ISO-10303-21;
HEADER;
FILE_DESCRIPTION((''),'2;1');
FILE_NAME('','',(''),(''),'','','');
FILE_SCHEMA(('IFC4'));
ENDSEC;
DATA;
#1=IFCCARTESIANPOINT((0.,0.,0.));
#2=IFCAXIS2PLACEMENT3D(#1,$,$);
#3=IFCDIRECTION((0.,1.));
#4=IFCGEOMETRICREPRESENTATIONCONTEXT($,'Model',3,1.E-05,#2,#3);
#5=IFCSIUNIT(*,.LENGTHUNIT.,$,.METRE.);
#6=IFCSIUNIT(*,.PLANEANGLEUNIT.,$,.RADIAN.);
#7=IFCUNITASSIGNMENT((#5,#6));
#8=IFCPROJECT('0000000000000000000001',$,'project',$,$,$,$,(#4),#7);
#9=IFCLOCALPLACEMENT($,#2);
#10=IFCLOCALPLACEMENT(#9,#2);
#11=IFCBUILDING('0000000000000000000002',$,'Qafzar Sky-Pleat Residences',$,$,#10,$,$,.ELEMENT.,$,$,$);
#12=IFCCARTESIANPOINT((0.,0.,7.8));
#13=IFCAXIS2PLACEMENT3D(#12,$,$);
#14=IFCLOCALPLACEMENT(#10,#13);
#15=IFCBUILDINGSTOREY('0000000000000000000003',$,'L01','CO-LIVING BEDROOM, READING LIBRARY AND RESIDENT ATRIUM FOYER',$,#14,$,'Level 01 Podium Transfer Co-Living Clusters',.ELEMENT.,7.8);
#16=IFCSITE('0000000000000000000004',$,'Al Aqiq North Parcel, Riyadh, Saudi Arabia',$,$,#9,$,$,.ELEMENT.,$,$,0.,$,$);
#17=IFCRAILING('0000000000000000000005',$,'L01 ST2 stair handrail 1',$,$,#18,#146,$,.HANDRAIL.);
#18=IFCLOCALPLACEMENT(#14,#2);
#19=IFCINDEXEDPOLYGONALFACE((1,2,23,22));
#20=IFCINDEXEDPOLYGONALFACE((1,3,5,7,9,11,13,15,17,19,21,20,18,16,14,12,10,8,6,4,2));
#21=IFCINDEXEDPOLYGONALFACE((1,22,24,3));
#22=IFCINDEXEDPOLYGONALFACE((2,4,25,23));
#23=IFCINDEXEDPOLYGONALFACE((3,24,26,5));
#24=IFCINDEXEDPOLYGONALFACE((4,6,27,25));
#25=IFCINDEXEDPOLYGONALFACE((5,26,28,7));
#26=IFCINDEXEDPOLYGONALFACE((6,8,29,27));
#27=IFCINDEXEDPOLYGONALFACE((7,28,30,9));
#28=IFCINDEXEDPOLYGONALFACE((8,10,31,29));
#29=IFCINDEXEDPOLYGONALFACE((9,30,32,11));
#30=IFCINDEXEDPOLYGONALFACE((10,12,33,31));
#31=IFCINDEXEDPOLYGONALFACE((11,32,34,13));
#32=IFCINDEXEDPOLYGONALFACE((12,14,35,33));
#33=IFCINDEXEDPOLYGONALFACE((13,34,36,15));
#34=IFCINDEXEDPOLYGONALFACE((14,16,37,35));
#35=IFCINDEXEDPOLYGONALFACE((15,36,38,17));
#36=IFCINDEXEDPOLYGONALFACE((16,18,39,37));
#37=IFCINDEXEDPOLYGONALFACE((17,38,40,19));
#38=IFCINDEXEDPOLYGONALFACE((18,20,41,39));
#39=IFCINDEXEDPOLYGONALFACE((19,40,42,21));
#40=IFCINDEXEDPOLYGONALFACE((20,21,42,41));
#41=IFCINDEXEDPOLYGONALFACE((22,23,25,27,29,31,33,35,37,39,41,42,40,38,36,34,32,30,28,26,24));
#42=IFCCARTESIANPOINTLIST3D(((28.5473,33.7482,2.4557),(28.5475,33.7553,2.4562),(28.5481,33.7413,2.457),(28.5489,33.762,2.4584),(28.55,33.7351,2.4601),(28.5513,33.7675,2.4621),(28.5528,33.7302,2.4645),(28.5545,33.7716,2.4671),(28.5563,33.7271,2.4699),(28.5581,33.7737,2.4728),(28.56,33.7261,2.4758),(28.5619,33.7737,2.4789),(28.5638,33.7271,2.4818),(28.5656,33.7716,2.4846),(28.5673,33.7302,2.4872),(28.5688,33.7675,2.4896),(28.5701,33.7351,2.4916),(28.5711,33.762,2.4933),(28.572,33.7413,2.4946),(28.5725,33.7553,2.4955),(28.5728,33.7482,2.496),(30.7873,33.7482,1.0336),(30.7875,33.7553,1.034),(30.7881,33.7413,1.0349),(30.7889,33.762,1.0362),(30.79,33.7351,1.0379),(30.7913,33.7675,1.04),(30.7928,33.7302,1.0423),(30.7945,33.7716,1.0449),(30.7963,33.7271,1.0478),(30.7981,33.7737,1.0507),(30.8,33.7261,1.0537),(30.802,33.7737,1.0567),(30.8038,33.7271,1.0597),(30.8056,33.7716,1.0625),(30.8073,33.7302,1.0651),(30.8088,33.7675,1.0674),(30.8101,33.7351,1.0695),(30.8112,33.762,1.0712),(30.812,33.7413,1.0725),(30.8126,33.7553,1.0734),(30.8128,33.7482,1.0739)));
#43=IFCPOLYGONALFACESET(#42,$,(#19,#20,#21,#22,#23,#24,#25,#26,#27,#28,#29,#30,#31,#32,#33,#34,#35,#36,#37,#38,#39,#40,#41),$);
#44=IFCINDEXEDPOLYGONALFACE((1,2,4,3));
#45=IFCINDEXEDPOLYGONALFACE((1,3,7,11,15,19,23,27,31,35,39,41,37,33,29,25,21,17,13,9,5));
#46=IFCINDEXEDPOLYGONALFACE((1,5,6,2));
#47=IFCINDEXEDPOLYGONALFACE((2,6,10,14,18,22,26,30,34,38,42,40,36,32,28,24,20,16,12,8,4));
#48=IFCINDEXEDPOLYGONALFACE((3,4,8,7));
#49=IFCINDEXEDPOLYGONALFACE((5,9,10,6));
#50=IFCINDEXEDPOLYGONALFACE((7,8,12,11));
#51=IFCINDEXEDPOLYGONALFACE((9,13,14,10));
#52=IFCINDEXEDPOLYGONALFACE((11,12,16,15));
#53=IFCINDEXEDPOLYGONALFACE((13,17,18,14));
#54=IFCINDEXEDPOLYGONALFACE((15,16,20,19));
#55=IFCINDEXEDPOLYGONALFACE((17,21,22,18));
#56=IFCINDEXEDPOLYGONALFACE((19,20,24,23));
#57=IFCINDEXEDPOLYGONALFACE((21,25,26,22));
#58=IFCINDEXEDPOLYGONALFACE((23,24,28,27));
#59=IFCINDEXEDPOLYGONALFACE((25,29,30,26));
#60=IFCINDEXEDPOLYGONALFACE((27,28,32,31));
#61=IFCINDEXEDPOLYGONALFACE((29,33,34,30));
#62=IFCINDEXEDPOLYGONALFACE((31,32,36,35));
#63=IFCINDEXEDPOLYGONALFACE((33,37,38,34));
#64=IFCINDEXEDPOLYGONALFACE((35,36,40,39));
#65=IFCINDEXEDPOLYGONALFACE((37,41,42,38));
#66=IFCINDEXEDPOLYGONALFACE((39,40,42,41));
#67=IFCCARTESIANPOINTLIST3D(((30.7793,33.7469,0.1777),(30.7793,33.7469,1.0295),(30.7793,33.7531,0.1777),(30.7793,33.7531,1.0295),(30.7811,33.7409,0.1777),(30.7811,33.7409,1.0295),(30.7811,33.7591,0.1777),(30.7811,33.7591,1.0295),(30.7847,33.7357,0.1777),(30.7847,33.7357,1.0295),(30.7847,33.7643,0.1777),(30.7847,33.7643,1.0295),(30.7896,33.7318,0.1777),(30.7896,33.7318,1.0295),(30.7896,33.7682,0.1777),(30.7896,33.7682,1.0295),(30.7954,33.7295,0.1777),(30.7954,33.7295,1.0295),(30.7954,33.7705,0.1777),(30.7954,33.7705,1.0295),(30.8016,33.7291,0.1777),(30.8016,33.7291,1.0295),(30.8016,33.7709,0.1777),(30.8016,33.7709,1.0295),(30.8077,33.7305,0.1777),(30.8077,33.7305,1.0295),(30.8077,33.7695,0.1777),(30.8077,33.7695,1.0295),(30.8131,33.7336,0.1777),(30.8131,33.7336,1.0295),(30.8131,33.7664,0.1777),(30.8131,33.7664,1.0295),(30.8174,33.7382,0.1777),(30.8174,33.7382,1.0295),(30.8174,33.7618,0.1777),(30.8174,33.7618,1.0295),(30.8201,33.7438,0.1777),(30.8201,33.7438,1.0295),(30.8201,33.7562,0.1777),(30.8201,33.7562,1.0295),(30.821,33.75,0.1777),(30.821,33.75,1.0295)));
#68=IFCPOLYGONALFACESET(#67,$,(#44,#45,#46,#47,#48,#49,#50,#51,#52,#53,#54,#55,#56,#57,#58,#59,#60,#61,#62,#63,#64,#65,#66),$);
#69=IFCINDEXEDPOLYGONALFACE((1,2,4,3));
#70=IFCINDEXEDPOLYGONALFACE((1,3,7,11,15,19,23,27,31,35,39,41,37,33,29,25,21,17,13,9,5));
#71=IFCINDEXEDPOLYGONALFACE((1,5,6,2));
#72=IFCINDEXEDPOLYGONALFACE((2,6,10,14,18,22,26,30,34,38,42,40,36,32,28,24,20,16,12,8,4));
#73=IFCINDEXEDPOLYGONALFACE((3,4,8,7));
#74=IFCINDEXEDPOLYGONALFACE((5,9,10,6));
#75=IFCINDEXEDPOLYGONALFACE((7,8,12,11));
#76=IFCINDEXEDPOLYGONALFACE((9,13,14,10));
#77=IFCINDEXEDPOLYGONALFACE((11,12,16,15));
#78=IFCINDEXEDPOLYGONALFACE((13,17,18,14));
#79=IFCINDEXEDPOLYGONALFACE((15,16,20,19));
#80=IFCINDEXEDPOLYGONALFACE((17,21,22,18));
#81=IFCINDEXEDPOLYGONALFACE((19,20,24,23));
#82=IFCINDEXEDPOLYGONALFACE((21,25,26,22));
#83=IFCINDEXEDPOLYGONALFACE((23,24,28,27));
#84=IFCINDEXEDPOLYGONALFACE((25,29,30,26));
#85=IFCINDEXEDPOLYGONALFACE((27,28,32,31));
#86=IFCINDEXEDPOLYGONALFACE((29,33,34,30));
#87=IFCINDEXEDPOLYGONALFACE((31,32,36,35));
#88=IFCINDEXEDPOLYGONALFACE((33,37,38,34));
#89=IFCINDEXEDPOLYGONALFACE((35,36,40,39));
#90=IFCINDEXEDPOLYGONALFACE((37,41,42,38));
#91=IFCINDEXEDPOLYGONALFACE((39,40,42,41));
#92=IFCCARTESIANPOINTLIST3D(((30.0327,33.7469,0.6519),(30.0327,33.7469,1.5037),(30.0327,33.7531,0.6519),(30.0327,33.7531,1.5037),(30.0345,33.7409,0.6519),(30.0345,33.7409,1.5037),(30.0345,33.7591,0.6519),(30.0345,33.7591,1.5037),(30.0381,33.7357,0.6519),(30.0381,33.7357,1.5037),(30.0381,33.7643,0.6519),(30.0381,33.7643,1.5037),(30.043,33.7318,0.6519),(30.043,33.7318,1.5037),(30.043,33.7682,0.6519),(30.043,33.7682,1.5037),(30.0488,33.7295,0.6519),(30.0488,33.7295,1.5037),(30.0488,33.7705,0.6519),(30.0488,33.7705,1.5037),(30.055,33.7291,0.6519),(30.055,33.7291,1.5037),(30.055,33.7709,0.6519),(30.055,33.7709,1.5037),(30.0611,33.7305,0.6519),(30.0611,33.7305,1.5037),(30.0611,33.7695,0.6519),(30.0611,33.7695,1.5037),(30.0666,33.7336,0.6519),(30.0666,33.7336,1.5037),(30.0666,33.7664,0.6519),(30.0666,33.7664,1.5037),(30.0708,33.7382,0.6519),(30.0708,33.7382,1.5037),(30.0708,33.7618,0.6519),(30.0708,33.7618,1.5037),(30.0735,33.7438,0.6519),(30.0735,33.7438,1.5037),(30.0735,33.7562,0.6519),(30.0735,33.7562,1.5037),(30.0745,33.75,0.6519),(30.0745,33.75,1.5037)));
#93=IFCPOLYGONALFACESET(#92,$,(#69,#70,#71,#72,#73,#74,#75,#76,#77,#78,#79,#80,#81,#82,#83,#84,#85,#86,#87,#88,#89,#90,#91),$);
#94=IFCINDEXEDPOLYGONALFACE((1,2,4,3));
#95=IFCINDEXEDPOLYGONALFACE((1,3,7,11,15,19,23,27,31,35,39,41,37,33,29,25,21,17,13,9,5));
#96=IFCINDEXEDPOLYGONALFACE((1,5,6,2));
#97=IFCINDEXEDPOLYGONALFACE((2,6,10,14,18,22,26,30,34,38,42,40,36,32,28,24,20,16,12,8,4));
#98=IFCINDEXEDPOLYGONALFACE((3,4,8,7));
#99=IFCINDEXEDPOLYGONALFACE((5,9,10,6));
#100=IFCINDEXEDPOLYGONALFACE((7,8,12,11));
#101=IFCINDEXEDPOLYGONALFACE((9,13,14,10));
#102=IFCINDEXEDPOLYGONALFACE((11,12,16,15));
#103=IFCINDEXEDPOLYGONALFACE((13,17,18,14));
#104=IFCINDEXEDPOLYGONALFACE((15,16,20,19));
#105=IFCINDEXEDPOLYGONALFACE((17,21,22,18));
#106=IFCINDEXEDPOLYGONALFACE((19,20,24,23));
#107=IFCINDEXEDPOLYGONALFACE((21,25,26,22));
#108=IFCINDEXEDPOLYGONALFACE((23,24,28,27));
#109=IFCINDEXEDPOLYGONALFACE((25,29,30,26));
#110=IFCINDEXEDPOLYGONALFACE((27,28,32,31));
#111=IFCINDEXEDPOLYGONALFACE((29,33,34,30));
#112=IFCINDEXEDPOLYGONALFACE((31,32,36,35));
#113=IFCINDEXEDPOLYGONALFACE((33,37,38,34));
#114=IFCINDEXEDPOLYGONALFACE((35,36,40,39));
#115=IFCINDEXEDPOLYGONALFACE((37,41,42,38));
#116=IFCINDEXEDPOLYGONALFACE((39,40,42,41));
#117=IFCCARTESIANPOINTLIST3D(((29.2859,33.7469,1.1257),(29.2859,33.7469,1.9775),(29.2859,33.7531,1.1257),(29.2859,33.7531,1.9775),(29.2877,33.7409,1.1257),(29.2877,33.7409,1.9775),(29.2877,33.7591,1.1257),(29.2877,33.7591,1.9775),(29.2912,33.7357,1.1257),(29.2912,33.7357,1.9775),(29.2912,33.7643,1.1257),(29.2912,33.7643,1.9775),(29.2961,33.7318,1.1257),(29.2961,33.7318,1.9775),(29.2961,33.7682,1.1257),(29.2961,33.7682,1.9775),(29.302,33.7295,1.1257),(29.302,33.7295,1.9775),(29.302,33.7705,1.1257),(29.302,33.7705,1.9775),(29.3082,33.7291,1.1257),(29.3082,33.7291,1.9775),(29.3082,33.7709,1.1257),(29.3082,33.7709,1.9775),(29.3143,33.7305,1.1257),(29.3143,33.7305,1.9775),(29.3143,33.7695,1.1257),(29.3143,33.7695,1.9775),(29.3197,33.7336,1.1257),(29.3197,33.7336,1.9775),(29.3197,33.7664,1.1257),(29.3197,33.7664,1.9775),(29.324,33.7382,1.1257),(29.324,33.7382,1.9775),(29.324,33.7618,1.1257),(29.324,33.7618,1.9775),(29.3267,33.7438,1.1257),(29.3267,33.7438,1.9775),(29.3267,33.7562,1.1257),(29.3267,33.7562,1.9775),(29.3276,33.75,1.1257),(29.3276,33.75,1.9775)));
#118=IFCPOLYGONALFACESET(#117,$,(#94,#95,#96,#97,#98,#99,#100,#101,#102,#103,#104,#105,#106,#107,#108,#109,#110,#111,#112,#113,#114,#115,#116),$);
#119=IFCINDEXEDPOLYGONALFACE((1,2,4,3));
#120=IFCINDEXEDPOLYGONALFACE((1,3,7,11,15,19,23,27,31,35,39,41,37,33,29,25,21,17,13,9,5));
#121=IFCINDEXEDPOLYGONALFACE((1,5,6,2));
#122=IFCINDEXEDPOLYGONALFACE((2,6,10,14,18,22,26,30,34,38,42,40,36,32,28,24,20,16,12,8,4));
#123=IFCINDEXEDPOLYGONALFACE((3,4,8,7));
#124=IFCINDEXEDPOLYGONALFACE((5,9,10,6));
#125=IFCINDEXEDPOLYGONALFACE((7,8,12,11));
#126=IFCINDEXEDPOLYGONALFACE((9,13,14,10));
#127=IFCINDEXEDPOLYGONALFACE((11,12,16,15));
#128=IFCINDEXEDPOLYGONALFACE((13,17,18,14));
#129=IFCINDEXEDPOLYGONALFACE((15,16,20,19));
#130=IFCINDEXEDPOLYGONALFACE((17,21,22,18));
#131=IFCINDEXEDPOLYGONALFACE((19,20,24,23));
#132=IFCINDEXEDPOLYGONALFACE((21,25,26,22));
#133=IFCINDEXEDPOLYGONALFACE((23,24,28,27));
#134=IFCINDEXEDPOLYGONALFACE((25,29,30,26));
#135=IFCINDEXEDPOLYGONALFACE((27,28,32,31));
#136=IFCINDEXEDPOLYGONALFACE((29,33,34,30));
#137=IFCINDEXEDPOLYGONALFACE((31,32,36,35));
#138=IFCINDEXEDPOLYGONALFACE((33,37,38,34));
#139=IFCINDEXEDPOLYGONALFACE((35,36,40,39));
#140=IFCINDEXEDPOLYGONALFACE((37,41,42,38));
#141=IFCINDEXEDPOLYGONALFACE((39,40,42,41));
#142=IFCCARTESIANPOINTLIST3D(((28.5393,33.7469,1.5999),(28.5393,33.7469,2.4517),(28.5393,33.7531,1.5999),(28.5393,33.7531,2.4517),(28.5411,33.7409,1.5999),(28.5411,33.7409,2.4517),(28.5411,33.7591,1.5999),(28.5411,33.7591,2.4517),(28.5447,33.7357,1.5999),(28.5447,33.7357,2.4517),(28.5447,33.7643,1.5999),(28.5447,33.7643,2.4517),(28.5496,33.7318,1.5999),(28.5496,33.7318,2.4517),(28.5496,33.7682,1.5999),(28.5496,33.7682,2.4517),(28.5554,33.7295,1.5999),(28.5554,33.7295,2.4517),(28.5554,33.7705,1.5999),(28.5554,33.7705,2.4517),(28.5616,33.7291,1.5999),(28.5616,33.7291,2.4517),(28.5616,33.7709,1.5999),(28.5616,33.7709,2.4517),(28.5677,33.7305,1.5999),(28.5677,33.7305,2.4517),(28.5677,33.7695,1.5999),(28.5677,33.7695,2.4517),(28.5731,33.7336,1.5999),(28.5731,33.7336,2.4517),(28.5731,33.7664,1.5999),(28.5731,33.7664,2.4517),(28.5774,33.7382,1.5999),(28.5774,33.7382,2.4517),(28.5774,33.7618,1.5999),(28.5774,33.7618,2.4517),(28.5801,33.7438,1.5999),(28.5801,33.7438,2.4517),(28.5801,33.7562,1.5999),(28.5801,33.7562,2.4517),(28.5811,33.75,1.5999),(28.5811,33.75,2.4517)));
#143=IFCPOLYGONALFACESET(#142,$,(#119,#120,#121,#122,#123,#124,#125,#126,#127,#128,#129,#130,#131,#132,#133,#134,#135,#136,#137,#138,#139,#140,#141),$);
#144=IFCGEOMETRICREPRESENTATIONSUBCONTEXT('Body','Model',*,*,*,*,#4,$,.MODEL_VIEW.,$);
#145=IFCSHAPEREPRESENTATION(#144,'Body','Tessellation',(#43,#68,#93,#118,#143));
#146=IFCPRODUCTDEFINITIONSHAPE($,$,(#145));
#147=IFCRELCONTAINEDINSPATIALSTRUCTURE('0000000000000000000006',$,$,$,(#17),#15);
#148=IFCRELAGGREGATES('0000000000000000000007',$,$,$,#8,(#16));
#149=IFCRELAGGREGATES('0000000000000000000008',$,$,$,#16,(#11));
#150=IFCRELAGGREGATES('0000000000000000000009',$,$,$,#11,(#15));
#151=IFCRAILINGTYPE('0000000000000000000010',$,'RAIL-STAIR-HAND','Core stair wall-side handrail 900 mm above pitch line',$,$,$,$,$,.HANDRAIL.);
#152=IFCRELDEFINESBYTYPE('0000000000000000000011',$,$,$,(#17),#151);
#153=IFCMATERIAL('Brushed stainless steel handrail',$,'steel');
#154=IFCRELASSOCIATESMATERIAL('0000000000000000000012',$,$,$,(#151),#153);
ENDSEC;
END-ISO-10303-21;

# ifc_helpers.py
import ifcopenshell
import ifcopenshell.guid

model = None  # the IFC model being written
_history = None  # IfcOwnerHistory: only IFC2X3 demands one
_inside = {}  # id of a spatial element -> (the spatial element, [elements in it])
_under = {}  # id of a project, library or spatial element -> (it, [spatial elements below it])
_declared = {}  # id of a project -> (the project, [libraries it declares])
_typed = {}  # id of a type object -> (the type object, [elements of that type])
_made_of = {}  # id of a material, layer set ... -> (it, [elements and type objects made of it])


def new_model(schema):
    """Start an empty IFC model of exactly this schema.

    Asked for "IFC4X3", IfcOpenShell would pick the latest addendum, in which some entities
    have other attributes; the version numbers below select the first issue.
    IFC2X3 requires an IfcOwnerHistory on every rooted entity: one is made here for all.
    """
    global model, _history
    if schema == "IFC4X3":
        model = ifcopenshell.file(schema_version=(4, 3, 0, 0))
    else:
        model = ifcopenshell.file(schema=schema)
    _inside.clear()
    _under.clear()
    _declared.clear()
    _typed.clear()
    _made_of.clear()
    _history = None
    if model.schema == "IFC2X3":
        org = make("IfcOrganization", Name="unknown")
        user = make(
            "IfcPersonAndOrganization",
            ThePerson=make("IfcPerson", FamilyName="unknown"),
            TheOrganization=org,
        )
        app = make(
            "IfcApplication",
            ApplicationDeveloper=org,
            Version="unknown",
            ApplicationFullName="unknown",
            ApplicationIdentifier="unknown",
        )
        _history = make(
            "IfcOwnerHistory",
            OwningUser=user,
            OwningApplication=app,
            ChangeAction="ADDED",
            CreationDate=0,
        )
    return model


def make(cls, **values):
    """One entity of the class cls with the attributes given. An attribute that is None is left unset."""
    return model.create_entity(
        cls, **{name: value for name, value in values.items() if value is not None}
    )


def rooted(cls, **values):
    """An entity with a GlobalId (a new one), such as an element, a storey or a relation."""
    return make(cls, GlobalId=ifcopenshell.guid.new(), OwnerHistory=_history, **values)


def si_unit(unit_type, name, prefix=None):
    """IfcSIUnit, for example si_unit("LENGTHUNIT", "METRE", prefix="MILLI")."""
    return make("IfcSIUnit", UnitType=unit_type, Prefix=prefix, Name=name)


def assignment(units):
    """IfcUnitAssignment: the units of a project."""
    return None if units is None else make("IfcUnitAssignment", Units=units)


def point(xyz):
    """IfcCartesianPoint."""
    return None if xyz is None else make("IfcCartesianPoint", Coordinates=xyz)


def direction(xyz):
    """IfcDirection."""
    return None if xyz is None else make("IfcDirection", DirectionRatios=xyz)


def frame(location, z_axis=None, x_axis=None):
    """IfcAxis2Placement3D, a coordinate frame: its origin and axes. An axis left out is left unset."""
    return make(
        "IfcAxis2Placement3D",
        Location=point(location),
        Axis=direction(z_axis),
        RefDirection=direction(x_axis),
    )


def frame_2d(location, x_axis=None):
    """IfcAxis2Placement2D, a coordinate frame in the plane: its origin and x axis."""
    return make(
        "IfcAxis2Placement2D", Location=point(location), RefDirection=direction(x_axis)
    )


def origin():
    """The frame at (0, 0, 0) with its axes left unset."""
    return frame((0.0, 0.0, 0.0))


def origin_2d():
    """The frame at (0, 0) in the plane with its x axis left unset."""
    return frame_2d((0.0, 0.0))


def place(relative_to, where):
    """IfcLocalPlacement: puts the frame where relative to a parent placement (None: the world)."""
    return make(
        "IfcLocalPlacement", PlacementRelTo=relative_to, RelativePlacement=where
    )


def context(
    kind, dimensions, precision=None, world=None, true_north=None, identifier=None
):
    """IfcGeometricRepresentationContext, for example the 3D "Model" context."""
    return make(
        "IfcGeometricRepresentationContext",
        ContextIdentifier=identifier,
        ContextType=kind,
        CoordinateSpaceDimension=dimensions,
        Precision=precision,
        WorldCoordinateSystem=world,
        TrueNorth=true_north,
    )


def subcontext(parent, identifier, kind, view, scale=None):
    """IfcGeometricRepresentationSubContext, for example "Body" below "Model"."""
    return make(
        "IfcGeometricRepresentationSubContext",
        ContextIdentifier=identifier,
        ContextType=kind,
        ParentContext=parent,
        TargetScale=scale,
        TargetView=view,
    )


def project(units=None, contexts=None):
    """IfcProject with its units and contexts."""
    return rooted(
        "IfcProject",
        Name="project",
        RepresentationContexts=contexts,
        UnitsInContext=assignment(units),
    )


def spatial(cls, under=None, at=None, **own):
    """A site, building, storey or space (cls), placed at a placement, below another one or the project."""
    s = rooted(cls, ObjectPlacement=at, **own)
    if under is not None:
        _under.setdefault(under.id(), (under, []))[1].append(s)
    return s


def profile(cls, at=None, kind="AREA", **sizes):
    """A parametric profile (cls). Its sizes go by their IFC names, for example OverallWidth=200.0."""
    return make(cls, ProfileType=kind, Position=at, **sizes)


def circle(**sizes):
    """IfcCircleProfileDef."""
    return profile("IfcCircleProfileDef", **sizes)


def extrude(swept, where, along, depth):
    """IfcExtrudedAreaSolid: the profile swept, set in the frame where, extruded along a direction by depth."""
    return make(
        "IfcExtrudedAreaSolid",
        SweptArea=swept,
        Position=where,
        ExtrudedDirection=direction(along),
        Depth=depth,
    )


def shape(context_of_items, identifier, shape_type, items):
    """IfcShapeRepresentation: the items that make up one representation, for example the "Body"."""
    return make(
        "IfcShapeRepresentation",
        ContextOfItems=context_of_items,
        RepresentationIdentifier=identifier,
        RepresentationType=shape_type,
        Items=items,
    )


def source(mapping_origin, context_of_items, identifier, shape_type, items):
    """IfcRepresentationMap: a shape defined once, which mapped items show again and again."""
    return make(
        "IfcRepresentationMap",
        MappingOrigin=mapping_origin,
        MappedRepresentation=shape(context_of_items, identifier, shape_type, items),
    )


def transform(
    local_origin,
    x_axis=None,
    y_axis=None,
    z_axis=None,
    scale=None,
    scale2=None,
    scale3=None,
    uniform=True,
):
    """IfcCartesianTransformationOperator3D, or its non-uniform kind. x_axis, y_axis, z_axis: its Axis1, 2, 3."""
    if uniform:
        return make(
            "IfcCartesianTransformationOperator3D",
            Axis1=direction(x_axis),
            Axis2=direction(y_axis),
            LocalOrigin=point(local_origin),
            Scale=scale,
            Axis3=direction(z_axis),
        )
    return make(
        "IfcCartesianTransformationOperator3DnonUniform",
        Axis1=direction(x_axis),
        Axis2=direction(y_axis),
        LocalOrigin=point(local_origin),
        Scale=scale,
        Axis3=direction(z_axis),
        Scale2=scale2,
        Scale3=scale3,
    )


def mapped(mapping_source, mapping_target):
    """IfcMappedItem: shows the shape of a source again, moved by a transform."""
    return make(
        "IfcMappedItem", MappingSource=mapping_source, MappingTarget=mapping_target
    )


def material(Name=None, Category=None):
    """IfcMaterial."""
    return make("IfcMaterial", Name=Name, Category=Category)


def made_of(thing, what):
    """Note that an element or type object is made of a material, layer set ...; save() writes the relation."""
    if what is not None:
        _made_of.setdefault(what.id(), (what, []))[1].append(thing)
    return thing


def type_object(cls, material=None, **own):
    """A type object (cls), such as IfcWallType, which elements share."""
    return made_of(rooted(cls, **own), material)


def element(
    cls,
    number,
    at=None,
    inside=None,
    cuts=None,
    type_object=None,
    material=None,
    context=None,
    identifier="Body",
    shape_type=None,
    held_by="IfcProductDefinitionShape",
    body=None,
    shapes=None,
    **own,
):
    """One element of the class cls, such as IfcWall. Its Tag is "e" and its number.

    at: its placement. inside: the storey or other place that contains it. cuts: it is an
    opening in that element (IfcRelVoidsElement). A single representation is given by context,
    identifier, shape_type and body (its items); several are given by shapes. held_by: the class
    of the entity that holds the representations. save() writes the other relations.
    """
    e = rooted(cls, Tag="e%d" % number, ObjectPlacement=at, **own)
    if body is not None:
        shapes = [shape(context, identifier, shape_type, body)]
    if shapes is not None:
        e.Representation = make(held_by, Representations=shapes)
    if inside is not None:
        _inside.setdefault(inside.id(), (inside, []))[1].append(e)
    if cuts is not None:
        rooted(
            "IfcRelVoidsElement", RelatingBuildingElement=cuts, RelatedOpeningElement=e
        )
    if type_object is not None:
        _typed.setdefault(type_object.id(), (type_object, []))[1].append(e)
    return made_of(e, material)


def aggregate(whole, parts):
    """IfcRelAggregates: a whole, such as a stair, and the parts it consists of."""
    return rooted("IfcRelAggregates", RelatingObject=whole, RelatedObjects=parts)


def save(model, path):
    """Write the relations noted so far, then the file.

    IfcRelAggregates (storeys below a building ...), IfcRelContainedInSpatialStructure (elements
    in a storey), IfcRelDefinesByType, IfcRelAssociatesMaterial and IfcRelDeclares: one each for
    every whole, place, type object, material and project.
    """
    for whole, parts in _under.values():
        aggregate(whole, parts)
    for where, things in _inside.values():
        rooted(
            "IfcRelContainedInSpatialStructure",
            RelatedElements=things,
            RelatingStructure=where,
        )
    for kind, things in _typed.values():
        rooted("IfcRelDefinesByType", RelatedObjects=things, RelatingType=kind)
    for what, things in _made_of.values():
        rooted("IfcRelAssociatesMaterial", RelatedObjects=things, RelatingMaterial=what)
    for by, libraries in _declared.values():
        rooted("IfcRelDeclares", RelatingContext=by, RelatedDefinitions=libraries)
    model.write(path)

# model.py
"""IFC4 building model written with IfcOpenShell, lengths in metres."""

from ifc_helpers import new_model, si_unit, direction, frame, origin, origin_2d, place, context, subcontext, project, spatial, circle, extrude, source, transform, mapped, material, type_object, element, save


model = new_model("IFC4")

# Units and contexts
model_context = context("Model", 3, precision=1e-05, world=origin(), true_north=direction((0.0, 1.0)))
body_context = subcontext(model_context, "Body", "Model", "MODEL_VIEW")
ifc_project = project(units=[si_unit("LENGTHUNIT", "METRE"), si_unit("PLANEANGLEUNIT", "RADIAN")], contexts=[model_context])

# Site, building, storey
site_placement = place(None, origin())
site = spatial("IfcSite", under=ifc_project, at=site_placement, Name="Al Aqiq North Parcel, Riyadh, Saudi Arabia", CompositionType="ELEMENT", RefElevation=0.0)
building_placement = place(site_placement, origin())
building = spatial("IfcBuilding", under=site, at=building_placement, Name="Qafzar Sky-Pleat Residences", CompositionType="ELEMENT")
storey_placement = place(building_placement, frame((0.0, 0.0, 7.8)))
storey = spatial("IfcBuildingStorey", under=building, at=storey_placement, Name="L01", Description="CO-LIVING BEDROOM, READING LIBRARY AND RESIDENT ATRIUM FOYER", LongName="Level 01 Podium Transfer Co-Living Clusters", CompositionType="ELEMENT", Elevation=7.8)

# Railing
ifc_material_1 = material(Name="Brushed stainless steel handrail", Category="steel")
railing_type_1 = type_object("IfcRailingType", Name="RAIL-STAIR-HAND", Description="Core stair wall-side handrail 900 mm above pitch line", PredefinedType="HANDRAIL", material=ifc_material_1)
shared_shape_1 = source(origin(), body_context, "Body", "SweptSolid", [
    extrude(circle(Radius=0.0239, at=origin_2d()), frame((0.0, 0.0, 0.876), z_axis=(-0.844229, 0.0, 0.535982), x_axis=(0.0, -1.0, 0.0)), (0.0, 0.0, 1.0), 2.6533),
    extrude(circle(Radius=0.021, at=origin_2d()), origin(), (0.0, 0.0, 1.0), 0.8518),
    extrude(circle(Radius=0.021, at=origin_2d()), frame((-0.7466, 0.0, 0.4741)), (0.0, 0.0, 1.0), 0.8518),
    extrude(circle(Radius=0.021, at=origin_2d()), frame((-1.4934, 0.0, 0.948)), (0.0, 0.0, 1.0), 0.8518),
    extrude(circle(Radius=0.021, at=origin_2d()), frame((-2.24, 0.0, 1.4221)), (0.0, 0.0, 1.0), 0.8518),
])
railing_1_placement = place(storey_placement, frame((30.8, 33.75, 0.1777)))
element("IfcRailing", 1, at=railing_1_placement, inside=storey, type_object=railing_type_1, Name="L01 ST2 stair handrail 1", PredefinedType="HANDRAIL", context=body_context, shape_type="MappedRepresentation", body=[
    mapped(shared_shape_1, transform((0.0, 0.0, 0.0), x_axis=(1.0, 0.0, 0.0), y_axis=(0.0, 1.0, 0.0), z_axis=(0.0, 0.0, 1.0), scale=1.0)),
])

save(model, "model.ifc")
